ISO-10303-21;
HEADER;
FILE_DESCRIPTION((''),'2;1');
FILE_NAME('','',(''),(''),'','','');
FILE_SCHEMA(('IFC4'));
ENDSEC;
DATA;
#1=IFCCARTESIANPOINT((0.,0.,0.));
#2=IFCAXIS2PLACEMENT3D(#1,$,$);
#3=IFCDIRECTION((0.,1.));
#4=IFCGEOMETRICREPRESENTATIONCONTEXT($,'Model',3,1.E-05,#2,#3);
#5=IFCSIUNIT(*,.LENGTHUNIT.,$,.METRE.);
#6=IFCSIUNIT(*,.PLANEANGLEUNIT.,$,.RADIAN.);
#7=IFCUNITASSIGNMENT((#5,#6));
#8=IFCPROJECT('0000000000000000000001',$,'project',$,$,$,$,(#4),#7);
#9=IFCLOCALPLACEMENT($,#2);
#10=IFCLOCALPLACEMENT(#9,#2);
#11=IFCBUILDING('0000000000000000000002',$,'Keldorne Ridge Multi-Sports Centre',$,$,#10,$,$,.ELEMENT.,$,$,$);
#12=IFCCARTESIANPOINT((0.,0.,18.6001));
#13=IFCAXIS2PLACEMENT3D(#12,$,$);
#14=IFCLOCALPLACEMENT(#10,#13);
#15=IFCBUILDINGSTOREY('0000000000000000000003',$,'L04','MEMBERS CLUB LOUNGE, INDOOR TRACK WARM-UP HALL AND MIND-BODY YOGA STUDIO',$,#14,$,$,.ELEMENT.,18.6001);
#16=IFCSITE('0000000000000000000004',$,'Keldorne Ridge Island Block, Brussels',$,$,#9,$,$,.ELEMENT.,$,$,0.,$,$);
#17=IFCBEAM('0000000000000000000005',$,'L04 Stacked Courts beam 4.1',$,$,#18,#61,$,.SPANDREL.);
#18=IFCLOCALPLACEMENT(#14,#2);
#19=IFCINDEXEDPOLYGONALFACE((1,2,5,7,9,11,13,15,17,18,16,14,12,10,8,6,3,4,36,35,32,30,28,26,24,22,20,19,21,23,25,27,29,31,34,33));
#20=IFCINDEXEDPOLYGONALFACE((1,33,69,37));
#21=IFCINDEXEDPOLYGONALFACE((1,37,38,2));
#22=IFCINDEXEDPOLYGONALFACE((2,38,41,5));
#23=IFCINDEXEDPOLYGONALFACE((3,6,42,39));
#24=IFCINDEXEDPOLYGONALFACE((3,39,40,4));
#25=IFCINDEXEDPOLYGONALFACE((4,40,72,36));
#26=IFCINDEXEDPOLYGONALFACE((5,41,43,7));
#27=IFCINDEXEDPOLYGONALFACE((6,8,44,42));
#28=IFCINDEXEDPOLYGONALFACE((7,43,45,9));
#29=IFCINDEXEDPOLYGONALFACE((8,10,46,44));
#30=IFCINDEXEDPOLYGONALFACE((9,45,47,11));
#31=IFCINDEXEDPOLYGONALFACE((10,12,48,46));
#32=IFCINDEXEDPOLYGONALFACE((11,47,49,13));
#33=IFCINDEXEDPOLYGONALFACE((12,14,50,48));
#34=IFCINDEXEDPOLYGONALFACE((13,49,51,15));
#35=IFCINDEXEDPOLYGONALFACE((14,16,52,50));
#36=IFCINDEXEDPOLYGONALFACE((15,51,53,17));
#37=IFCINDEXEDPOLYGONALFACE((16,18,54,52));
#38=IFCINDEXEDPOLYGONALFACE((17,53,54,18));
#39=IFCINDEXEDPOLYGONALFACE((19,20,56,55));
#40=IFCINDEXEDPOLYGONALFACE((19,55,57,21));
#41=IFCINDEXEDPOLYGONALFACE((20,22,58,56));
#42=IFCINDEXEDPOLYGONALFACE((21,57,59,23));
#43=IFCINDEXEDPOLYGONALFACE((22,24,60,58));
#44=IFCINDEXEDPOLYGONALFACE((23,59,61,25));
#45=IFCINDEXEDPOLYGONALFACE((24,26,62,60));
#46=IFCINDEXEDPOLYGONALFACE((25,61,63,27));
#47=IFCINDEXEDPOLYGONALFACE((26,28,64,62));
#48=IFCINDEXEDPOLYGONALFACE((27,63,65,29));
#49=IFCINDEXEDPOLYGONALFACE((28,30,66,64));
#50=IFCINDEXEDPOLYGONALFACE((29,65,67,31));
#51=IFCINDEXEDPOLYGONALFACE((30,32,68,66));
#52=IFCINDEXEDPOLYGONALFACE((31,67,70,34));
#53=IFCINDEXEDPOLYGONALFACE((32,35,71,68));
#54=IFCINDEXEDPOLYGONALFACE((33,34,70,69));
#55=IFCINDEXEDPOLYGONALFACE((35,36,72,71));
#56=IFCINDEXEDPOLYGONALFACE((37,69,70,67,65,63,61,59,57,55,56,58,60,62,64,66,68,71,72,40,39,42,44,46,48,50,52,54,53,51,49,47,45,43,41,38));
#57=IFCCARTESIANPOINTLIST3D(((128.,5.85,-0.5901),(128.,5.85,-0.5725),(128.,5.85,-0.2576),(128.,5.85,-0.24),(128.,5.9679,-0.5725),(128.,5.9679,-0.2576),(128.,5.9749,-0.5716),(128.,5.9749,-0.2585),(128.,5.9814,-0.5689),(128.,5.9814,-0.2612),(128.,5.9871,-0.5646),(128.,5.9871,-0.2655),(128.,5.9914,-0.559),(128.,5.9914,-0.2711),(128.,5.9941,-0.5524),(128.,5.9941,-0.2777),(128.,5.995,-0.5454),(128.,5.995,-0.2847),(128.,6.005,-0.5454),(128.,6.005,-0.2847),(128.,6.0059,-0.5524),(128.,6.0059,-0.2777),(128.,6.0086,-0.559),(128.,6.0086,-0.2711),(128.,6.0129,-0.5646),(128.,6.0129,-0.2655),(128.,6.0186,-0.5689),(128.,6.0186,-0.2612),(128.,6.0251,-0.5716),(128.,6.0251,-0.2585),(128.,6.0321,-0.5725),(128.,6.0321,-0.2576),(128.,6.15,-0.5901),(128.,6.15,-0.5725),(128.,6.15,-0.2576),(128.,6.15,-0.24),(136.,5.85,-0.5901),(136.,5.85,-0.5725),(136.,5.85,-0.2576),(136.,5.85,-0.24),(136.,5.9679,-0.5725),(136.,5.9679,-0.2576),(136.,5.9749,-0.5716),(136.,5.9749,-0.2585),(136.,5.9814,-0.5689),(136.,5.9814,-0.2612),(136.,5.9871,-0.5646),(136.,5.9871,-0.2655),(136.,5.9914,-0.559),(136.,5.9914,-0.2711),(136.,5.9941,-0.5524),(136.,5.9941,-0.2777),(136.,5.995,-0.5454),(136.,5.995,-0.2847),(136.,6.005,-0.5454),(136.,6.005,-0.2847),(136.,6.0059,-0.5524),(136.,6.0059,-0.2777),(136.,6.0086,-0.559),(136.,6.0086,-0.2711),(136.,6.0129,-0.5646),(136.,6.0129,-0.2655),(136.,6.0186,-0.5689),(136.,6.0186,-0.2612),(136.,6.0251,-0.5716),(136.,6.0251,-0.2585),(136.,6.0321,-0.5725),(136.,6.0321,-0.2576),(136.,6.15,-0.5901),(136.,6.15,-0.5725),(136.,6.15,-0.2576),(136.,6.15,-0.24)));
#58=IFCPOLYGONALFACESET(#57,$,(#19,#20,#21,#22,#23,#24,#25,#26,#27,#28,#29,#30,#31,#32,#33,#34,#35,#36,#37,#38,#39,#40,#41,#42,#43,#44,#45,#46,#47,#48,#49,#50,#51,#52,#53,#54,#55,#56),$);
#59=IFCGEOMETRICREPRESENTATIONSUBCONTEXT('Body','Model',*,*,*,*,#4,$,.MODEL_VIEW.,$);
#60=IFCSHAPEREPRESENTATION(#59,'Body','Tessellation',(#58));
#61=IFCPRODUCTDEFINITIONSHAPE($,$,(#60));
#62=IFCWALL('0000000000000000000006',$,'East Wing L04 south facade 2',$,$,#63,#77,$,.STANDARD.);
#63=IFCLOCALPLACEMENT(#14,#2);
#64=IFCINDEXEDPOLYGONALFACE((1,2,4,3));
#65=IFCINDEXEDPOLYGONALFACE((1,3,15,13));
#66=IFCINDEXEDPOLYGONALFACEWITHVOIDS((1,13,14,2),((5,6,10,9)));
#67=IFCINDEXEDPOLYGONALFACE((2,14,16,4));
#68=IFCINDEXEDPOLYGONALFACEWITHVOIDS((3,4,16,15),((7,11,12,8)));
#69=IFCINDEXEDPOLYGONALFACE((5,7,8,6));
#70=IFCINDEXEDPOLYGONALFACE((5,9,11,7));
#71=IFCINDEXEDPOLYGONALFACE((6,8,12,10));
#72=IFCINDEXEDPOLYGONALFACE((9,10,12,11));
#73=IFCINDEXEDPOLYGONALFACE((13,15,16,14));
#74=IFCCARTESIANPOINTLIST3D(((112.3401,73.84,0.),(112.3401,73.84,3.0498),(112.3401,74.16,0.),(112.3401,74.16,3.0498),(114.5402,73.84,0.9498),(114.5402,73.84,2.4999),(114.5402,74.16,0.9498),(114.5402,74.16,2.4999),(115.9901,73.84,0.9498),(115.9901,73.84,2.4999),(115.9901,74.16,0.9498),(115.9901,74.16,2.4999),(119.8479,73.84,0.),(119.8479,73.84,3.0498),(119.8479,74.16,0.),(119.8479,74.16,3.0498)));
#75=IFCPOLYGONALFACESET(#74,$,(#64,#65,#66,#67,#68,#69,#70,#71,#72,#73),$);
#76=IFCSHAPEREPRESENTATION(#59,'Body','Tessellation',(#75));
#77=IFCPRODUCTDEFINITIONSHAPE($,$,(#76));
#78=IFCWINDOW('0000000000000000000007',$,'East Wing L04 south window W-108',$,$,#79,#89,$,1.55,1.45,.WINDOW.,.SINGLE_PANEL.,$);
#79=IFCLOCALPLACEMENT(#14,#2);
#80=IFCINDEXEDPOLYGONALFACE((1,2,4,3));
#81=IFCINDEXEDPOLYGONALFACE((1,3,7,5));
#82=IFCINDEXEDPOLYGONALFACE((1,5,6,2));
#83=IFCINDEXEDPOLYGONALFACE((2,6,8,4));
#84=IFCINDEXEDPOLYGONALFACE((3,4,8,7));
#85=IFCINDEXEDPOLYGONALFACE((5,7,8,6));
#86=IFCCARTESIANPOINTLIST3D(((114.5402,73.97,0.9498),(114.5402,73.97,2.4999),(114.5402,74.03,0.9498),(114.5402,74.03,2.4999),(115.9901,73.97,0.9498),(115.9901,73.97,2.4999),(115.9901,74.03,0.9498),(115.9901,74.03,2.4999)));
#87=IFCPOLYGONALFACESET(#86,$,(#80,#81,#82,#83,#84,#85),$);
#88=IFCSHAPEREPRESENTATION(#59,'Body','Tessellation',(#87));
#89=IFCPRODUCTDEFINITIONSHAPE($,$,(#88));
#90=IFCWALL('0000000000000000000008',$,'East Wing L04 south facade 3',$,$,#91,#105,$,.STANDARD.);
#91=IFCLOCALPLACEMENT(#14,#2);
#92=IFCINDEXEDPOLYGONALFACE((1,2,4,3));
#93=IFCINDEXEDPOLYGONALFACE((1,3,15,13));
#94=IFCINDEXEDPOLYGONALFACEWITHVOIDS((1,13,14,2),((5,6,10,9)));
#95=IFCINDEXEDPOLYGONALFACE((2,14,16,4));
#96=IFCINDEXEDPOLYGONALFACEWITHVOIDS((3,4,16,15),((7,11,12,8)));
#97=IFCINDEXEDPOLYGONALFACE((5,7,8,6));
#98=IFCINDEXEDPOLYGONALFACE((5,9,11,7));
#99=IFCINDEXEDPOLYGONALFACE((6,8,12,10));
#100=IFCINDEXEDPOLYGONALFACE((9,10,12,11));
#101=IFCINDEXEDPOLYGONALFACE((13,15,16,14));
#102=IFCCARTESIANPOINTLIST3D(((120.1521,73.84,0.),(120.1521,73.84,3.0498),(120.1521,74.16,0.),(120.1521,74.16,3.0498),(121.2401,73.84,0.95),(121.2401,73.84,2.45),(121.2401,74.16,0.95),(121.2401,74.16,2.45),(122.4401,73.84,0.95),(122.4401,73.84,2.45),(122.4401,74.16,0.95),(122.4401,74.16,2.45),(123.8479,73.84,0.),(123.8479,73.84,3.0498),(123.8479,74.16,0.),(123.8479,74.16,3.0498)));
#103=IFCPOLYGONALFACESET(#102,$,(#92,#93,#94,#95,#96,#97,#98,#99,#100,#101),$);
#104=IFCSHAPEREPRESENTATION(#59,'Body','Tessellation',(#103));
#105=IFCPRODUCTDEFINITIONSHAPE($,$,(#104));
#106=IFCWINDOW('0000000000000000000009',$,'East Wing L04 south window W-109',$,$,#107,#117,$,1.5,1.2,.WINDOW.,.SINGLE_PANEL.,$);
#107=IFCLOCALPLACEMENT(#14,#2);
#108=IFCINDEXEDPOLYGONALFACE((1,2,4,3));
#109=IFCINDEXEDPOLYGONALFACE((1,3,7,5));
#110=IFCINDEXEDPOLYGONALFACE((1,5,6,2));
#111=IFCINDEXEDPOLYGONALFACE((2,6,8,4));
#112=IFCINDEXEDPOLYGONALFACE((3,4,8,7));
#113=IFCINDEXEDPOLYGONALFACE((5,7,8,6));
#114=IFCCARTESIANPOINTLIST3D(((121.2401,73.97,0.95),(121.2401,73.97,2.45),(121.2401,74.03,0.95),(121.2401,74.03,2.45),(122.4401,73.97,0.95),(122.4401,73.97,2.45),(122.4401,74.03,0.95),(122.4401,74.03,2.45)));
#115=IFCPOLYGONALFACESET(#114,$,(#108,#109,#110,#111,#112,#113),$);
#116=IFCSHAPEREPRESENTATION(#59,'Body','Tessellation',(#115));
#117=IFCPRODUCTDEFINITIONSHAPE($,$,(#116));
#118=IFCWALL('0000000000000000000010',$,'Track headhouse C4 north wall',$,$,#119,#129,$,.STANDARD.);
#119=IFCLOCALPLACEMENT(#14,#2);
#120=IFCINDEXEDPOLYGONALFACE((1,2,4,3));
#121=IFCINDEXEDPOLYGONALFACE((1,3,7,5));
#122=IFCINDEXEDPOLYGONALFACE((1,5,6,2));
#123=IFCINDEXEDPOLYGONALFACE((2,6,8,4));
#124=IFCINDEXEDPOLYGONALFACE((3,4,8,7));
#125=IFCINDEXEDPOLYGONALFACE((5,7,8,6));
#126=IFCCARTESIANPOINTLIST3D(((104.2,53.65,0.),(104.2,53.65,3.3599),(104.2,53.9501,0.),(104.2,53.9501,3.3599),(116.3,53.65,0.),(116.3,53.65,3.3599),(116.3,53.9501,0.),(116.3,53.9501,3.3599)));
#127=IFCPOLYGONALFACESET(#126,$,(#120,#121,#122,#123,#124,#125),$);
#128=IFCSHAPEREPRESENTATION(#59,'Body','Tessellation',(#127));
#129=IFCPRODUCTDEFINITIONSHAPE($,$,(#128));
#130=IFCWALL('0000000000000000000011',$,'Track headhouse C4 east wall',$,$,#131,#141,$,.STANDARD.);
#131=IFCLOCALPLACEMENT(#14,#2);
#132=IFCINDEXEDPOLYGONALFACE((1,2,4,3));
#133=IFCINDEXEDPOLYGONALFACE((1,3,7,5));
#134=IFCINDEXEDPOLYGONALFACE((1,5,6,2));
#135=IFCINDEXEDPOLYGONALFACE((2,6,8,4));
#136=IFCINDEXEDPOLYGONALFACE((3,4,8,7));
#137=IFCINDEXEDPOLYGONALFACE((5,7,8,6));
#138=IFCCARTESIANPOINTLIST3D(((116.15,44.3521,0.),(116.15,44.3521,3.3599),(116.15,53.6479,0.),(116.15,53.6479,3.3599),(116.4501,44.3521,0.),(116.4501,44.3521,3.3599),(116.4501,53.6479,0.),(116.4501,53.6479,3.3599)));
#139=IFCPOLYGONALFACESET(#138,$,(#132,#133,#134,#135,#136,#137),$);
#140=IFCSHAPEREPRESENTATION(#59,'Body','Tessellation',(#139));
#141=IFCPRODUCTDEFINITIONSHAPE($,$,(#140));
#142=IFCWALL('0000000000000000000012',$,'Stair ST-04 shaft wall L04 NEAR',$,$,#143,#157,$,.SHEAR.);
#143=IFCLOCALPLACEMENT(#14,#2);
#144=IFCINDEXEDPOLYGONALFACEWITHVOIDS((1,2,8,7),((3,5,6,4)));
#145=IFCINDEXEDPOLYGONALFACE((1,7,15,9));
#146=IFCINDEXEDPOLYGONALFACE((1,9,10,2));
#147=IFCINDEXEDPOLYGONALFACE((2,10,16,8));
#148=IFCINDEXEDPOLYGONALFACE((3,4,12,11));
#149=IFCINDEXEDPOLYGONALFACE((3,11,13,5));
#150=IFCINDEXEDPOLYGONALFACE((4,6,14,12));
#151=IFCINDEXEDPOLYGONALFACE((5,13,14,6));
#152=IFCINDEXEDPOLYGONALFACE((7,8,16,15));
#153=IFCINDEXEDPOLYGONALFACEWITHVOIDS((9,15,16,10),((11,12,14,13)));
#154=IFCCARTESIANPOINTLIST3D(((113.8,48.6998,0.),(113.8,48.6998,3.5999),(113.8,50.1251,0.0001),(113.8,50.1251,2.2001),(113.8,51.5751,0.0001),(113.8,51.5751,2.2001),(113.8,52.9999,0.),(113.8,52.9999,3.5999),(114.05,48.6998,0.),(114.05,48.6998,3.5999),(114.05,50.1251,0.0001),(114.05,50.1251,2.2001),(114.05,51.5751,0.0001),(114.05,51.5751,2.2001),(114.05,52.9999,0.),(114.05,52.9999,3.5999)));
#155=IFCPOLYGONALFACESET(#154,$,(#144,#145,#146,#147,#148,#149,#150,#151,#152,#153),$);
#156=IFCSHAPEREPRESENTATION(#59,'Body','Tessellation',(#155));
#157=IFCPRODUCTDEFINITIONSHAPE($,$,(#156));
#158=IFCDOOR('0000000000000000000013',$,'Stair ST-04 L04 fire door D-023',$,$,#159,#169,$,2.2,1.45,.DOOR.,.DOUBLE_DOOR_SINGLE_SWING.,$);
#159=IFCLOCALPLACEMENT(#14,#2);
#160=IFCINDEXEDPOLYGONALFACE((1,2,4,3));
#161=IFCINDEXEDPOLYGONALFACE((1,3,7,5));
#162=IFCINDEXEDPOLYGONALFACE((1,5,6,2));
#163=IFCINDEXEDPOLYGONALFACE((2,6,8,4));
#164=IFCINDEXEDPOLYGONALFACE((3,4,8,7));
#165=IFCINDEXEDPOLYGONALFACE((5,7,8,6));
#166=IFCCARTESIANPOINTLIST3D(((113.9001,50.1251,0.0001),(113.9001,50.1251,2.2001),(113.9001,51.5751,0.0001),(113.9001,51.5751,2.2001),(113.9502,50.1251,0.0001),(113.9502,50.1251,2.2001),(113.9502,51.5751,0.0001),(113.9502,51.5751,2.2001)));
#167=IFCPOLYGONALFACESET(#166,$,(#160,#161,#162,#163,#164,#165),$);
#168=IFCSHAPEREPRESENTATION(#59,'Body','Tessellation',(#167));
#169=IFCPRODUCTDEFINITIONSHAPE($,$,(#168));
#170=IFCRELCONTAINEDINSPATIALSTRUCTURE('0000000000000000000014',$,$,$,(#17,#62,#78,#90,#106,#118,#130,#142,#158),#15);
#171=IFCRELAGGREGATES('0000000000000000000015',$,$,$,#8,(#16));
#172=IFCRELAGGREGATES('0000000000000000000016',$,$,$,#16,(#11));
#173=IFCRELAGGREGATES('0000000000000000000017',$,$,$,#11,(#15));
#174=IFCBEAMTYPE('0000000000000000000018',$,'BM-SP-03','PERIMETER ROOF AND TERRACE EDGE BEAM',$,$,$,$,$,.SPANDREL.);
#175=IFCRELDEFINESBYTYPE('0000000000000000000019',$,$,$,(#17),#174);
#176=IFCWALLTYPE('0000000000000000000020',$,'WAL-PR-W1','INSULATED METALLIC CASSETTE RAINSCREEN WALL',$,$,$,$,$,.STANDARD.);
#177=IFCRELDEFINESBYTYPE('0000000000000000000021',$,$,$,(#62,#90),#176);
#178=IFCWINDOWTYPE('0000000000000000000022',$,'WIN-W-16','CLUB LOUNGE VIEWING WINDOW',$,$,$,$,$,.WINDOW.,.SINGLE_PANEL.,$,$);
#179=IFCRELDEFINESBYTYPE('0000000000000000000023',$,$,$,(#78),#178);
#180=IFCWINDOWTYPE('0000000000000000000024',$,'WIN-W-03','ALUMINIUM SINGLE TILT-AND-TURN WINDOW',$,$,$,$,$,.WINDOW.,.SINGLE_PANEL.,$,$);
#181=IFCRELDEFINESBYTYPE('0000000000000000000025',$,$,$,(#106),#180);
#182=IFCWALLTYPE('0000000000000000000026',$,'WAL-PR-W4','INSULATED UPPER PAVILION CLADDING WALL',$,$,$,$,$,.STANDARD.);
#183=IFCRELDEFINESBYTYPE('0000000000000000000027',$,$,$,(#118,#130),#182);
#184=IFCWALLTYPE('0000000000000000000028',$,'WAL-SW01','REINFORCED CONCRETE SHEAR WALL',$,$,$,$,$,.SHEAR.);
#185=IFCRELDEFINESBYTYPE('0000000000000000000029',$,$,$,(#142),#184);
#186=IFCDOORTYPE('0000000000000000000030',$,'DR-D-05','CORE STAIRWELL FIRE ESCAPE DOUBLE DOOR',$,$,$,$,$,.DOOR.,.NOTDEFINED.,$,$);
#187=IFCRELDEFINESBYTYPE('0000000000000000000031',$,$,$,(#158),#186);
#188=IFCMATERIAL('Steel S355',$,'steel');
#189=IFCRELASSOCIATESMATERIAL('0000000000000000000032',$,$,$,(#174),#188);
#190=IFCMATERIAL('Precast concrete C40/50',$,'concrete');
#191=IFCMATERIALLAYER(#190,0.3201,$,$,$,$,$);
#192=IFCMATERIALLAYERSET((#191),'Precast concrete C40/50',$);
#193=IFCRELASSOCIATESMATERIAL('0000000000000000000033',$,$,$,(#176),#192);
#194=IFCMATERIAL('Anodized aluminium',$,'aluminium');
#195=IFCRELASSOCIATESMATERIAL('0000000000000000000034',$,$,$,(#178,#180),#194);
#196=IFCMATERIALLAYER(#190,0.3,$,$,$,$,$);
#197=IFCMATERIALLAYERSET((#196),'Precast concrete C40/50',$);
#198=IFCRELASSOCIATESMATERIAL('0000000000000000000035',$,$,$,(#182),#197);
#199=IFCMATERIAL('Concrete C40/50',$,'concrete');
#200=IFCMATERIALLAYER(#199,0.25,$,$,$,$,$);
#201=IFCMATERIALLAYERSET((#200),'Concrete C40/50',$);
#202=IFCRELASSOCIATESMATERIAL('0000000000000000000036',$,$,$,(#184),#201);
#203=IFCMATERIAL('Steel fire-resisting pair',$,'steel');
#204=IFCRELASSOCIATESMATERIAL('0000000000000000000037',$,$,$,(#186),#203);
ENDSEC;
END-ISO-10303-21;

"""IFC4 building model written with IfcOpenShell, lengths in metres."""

from ifc_helpers import new_model, si_unit, direction, frame, frame_2d, origin, origin_2d, place, context, subcontext, project, spatial, rectangle, i_section, extrude, material, layer, layer_set, material_profile, profile_set, type_object, element, fill, save


model = new_model("IFC4")

# Units and contexts
model_context = context("Model", 3, precision=1e-05, world=origin(), true_north=direction((0.0, 1.0)))
body_context = subcontext(model_context, "Body", "Model", "MODEL_VIEW")
ifc_project = project(units=[si_unit("LENGTHUNIT", "METRE"), si_unit("PLANEANGLEUNIT", "RADIAN")], contexts=[model_context])

# Site, building, storey
site_placement = place(None, origin())
site = spatial("IfcSite", under=ifc_project, at=site_placement, Name="Keldorne Ridge Island Block, Brussels", CompositionType="ELEMENT", RefElevation=0.0)
building_placement = place(site_placement, origin())
building = spatial("IfcBuilding", under=site, at=building_placement, Name="Keldorne Ridge Multi-Sports Centre", CompositionType="ELEMENT")
storey_placement = place(building_placement, frame((0.0, 0.0, 18.6001)))
storey = spatial("IfcBuildingStorey", under=building, at=storey_placement, Name="L04", Description="MEMBERS CLUB LOUNGE, INDOOR TRACK WARM-UP HALL AND MIND-BODY YOGA STUDIO", CompositionType="ELEMENT", Elevation=18.6001)

# Shared definitions
ifc_material_1 = material(Name="Steel S355", Category="steel")

# Beam
ifc_material_profile_1 = material_profile(ifc_material_1, i_section(OverallWidth=0.3, OverallDepth=0.3501, WebThickness=0.01, FlangeThickness=0.0176, FilletRadius=0.0271, at=origin_2d()), Name="HEA 360")
ifc_profile_set_1 = profile_set([ifc_material_profile_1], Name="Steel S355")
beam_type_1 = type_object("IfcBeamType", Name="BM-SP-03", Description="PERIMETER ROOF AND TERRACE EDGE BEAM", PredefinedType="SPANDREL", material=ifc_profile_set_1)
for number, where, z_axis, x_axis, name in (
    (1, (128.0, 6.0, -0.415), (1.0, 0.0, 0.0), (0.0, 1.0, 0.0), "L04 Stacked Courts beam 4.1"),
):
    element("IfcBeam", number, at=place(storey_placement, frame(where, z_axis=z_axis, x_axis=x_axis)), inside=storey, type_object=beam_type_1, Name=name, PredefinedType="SPANDREL", context=body_context, shape_type="SweptSolid", body=[
        extrude(i_section(OverallWidth=0.3, OverallDepth=0.3501, WebThickness=0.01, FlangeThickness=0.0176, FilletRadius=0.0271, at=origin_2d()), origin(), (0.0, 0.0, 1.0), 8.0),
    ])

# Walls, openings, windows
ifc_material_2 = material(Name="Precast concrete C40/50", Category="concrete")
ifc_layer_1 = layer(ifc_material_2, 0.3201)
ifc_layer_set_1 = layer_set([ifc_layer_1], Name="Precast concrete C40/50")
wall_type_1 = type_object("IfcWallType", Name="WAL-PR-W1", Description="INSULATED METALLIC CASSETTE RAINSCREEN WALL", PredefinedType="STANDARD", material=ifc_layer_set_1)
wall_1_placement = place(storey_placement, frame((112.3401, 74.0, 0.0), z_axis=(0.0, 0.0, 1.0), x_axis=(1.0, 0.0, 0.0)))
wall_1 = element("IfcWall", 2, at=wall_1_placement, inside=storey, type_object=wall_type_1, Name="East Wing L04 south facade 2", PredefinedType="STANDARD", context=body_context, shape_type="SweptSolid", body=[
    extrude(rectangle(XDim=7.5078, YDim=0.3201, at=frame_2d((3.7539, 0.0))), origin(), (0.0, 0.0, 1.0), 3.0498),
])
opening_1_placement = place(wall_1_placement, frame((2.2, 0.0, 0.95)))
opening_1 = element("IfcOpeningElement", 3, at=opening_1_placement, cuts=wall_1, PredefinedType="OPENING", context=body_context, shape_type="SweptSolid", body=[
    extrude(rectangle(XDim=1.45, YDim=1.55, at=frame_2d((0.7251, 0.7749))), frame((0.0, 0.1699, 0.0), z_axis=(0.0, -1.0, 0.0), x_axis=(1.0, 0.0, 0.0)), (0.0, 0.0, 1.0), 0.3401),
])
ifc_material_3 = material(Name="Anodized aluminium", Category="aluminium")
window_type_1 = type_object("IfcWindowType", Name="WIN-W-16", Description="CLUB LOUNGE VIEWING WINDOW", PartitioningType="SINGLE_PANEL", PredefinedType="WINDOW", material=ifc_material_3)
window_1_placement = place(opening_1_placement, origin())
window_1 = element("IfcWindow", 4, at=window_1_placement, inside=storey, type_object=window_type_1, Name="East Wing L04 south window W-108", OverallHeight=1.55, OverallWidth=1.45, PartitioningType="SINGLE_PANEL", PredefinedType="WINDOW", context=body_context, shape_type="SweptSolid", body=[
    extrude(rectangle(XDim=1.45, YDim=1.55, at=frame_2d((0.7251, 0.7749))), frame((0.0, 0.03, 0.0), z_axis=(0.0, -1.0, 0.0), x_axis=(1.0, 0.0, 0.0)), (0.0, 0.0, 1.0), 0.0601),
])
fill(opening_1, window_1)
wall_2_placement = place(storey_placement, frame((120.1521, 74.0, 0.0), z_axis=(0.0, 0.0, 1.0), x_axis=(1.0, 0.0, 0.0)))
wall_2 = element("IfcWall", 5, at=wall_2_placement, inside=storey, type_object=wall_type_1, Name="East Wing L04 south facade 3", PredefinedType="STANDARD", context=body_context, shape_type="SweptSolid", body=[
    extrude(rectangle(XDim=3.6958, YDim=0.3201, at=frame_2d((1.8479, 0.0))), origin(), (0.0, 0.0, 1.0), 3.0498),
])
opening_2_placement = place(wall_2_placement, frame((1.0879, 0.0, 0.95)))
opening_2 = element("IfcOpeningElement", 6, at=opening_2_placement, cuts=wall_2, PredefinedType="OPENING", context=body_context, shape_type="SweptSolid", body=[
    extrude(rectangle(XDim=1.2, YDim=1.5, at=frame_2d((0.6001, 0.75))), frame((0.0, 0.1699, 0.0), z_axis=(0.0, -1.0, 0.0), x_axis=(1.0, 0.0, 0.0)), (0.0, 0.0, 1.0), 0.3401),
])
window_type_2 = type_object("IfcWindowType", Name="WIN-W-03", Description="ALUMINIUM SINGLE TILT-AND-TURN WINDOW", PartitioningType="SINGLE_PANEL", PredefinedType="WINDOW", material=ifc_material_3)
window_2_placement = place(opening_2_placement, origin())
window_2 = element("IfcWindow", 7, at=window_2_placement, inside=storey, type_object=window_type_2, Name="East Wing L04 south window W-109", OverallHeight=1.5, OverallWidth=1.2, PartitioningType="SINGLE_PANEL", PredefinedType="WINDOW", context=body_context, shape_type="SweptSolid", body=[
    extrude(rectangle(XDim=1.2, YDim=1.5, at=frame_2d((0.6001, 0.75))), frame((0.0, 0.03, 0.0), z_axis=(0.0, -1.0, 0.0), x_axis=(1.0, 0.0, 0.0)), (0.0, 0.0, 1.0), 0.0601),
])
fill(opening_2, window_2)

# Walls
ifc_layer_2 = layer(ifc_material_2, 0.3)
ifc_layer_set_2 = layer_set([ifc_layer_2], Name="Precast concrete C40/50")
wall_type_2 = type_object("IfcWallType", Name="WAL-PR-W4", Description="INSULATED UPPER PAVILION CLADDING WALL", PredefinedType="STANDARD", material=ifc_layer_set_2)
wall_3_placement = place(storey_placement, frame((116.3, 53.8, 0.0), z_axis=(0.0, 0.0, 1.0), x_axis=(-1.0, 0.0, 0.0)))
element("IfcWall", 8, at=wall_3_placement, inside=storey, type_object=wall_type_2, Name="Track headhouse C4 north wall", PredefinedType="STANDARD", context=body_context, shape_type="SweptSolid", body=[
    extrude(rectangle(XDim=12.1001, YDim=0.3, at=frame_2d((6.05, 0.0))), origin(), (0.0, 0.0, 1.0), 3.3599),
])
wall_4_placement = place(storey_placement, frame((116.3, 44.3521, 0.0), z_axis=(0.0, 0.0, 1.0), x_axis=(0.0, 1.0, 0.0)))
element("IfcWall", 9, at=wall_4_placement, inside=storey, type_object=wall_type_2, Name="Track headhouse C4 east wall", PredefinedType="STANDARD", context=body_context, shape_type="SweptSolid", body=[
    extrude(rectangle(XDim=9.2959, YDim=0.3, at=frame_2d((4.6479, 0.0))), origin(), (0.0, 0.0, 1.0), 3.3599),
])

# Wall, opening, door
ifc_material_4 = material(Name="Concrete C40/50", Category="concrete")
ifc_layer_3 = layer(ifc_material_4, 0.25)
ifc_layer_set_3 = layer_set([ifc_layer_3], Name="Concrete C40/50")
wall_type_3 = type_object("IfcWallType", Name="WAL-SW01", Description="REINFORCED CONCRETE SHEAR WALL", PredefinedType="SHEAR", material=ifc_layer_set_3)
wall_5_placement = place(storey_placement, frame((113.925, 48.7, 0.0), z_axis=(0.0, 0.0, 1.0), x_axis=(0.0, 1.0, 0.0)))
wall_5 = element("IfcWall", 10, at=wall_5_placement, inside=storey, type_object=wall_type_3, Name="Stair ST-04 shaft wall L04 NEAR", PredefinedType="SHEAR", context=body_context, shape_type="SweptSolid", body=[
    extrude(rectangle(XDim=4.3, YDim=0.25, at=frame_2d((2.1499, 0.0))), origin(), (0.0, 0.0, 1.0), 3.5999),
])
opening_3_placement = place(wall_5_placement, frame((1.425, 0.0, 0.0)))
opening_3 = element("IfcOpeningElement", 11, at=opening_3_placement, cuts=wall_5, PredefinedType="OPENING", context=body_context, shape_type="SweptSolid", body=[
    extrude(rectangle(XDim=1.45, YDim=2.2, at=frame_2d((0.7251, 1.1001))), frame((0.0, 0.135, 0.0), z_axis=(0.0, -1.0, 0.0), x_axis=(1.0, 0.0, 0.0)), (0.0, 0.0, 1.0), 0.27),
])
ifc_material_5 = material(Name="Steel fire-resisting pair", Category="steel")
door_type = type_object("IfcDoorType", Name="DR-D-05", Description="CORE STAIRWELL FIRE ESCAPE DOUBLE DOOR", OperationType="NOTDEFINED", PredefinedType="DOOR", material=ifc_material_5)
door_placement = place(opening_3_placement, origin())
door = element("IfcDoor", 12, at=door_placement, inside=storey, type_object=door_type, Name="Stair ST-04 L04 fire door D-023", OperationType="DOUBLE_DOOR_SINGLE_SWING", OverallHeight=2.2, OverallWidth=1.45, PredefinedType="DOOR", context=body_context, shape_type="SweptSolid", body=[
    extrude(rectangle(XDim=1.45, YDim=2.2, at=frame_2d((0.7251, 1.1001))), frame((0.0, 0.0249, 0.0), z_axis=(0.0, -1.0, 0.0), x_axis=(1.0, 0.0, 0.0)), (0.0, 0.0, 1.0), 0.05),
])
fill(opening_3, door)

save(model, "model.ifc")
